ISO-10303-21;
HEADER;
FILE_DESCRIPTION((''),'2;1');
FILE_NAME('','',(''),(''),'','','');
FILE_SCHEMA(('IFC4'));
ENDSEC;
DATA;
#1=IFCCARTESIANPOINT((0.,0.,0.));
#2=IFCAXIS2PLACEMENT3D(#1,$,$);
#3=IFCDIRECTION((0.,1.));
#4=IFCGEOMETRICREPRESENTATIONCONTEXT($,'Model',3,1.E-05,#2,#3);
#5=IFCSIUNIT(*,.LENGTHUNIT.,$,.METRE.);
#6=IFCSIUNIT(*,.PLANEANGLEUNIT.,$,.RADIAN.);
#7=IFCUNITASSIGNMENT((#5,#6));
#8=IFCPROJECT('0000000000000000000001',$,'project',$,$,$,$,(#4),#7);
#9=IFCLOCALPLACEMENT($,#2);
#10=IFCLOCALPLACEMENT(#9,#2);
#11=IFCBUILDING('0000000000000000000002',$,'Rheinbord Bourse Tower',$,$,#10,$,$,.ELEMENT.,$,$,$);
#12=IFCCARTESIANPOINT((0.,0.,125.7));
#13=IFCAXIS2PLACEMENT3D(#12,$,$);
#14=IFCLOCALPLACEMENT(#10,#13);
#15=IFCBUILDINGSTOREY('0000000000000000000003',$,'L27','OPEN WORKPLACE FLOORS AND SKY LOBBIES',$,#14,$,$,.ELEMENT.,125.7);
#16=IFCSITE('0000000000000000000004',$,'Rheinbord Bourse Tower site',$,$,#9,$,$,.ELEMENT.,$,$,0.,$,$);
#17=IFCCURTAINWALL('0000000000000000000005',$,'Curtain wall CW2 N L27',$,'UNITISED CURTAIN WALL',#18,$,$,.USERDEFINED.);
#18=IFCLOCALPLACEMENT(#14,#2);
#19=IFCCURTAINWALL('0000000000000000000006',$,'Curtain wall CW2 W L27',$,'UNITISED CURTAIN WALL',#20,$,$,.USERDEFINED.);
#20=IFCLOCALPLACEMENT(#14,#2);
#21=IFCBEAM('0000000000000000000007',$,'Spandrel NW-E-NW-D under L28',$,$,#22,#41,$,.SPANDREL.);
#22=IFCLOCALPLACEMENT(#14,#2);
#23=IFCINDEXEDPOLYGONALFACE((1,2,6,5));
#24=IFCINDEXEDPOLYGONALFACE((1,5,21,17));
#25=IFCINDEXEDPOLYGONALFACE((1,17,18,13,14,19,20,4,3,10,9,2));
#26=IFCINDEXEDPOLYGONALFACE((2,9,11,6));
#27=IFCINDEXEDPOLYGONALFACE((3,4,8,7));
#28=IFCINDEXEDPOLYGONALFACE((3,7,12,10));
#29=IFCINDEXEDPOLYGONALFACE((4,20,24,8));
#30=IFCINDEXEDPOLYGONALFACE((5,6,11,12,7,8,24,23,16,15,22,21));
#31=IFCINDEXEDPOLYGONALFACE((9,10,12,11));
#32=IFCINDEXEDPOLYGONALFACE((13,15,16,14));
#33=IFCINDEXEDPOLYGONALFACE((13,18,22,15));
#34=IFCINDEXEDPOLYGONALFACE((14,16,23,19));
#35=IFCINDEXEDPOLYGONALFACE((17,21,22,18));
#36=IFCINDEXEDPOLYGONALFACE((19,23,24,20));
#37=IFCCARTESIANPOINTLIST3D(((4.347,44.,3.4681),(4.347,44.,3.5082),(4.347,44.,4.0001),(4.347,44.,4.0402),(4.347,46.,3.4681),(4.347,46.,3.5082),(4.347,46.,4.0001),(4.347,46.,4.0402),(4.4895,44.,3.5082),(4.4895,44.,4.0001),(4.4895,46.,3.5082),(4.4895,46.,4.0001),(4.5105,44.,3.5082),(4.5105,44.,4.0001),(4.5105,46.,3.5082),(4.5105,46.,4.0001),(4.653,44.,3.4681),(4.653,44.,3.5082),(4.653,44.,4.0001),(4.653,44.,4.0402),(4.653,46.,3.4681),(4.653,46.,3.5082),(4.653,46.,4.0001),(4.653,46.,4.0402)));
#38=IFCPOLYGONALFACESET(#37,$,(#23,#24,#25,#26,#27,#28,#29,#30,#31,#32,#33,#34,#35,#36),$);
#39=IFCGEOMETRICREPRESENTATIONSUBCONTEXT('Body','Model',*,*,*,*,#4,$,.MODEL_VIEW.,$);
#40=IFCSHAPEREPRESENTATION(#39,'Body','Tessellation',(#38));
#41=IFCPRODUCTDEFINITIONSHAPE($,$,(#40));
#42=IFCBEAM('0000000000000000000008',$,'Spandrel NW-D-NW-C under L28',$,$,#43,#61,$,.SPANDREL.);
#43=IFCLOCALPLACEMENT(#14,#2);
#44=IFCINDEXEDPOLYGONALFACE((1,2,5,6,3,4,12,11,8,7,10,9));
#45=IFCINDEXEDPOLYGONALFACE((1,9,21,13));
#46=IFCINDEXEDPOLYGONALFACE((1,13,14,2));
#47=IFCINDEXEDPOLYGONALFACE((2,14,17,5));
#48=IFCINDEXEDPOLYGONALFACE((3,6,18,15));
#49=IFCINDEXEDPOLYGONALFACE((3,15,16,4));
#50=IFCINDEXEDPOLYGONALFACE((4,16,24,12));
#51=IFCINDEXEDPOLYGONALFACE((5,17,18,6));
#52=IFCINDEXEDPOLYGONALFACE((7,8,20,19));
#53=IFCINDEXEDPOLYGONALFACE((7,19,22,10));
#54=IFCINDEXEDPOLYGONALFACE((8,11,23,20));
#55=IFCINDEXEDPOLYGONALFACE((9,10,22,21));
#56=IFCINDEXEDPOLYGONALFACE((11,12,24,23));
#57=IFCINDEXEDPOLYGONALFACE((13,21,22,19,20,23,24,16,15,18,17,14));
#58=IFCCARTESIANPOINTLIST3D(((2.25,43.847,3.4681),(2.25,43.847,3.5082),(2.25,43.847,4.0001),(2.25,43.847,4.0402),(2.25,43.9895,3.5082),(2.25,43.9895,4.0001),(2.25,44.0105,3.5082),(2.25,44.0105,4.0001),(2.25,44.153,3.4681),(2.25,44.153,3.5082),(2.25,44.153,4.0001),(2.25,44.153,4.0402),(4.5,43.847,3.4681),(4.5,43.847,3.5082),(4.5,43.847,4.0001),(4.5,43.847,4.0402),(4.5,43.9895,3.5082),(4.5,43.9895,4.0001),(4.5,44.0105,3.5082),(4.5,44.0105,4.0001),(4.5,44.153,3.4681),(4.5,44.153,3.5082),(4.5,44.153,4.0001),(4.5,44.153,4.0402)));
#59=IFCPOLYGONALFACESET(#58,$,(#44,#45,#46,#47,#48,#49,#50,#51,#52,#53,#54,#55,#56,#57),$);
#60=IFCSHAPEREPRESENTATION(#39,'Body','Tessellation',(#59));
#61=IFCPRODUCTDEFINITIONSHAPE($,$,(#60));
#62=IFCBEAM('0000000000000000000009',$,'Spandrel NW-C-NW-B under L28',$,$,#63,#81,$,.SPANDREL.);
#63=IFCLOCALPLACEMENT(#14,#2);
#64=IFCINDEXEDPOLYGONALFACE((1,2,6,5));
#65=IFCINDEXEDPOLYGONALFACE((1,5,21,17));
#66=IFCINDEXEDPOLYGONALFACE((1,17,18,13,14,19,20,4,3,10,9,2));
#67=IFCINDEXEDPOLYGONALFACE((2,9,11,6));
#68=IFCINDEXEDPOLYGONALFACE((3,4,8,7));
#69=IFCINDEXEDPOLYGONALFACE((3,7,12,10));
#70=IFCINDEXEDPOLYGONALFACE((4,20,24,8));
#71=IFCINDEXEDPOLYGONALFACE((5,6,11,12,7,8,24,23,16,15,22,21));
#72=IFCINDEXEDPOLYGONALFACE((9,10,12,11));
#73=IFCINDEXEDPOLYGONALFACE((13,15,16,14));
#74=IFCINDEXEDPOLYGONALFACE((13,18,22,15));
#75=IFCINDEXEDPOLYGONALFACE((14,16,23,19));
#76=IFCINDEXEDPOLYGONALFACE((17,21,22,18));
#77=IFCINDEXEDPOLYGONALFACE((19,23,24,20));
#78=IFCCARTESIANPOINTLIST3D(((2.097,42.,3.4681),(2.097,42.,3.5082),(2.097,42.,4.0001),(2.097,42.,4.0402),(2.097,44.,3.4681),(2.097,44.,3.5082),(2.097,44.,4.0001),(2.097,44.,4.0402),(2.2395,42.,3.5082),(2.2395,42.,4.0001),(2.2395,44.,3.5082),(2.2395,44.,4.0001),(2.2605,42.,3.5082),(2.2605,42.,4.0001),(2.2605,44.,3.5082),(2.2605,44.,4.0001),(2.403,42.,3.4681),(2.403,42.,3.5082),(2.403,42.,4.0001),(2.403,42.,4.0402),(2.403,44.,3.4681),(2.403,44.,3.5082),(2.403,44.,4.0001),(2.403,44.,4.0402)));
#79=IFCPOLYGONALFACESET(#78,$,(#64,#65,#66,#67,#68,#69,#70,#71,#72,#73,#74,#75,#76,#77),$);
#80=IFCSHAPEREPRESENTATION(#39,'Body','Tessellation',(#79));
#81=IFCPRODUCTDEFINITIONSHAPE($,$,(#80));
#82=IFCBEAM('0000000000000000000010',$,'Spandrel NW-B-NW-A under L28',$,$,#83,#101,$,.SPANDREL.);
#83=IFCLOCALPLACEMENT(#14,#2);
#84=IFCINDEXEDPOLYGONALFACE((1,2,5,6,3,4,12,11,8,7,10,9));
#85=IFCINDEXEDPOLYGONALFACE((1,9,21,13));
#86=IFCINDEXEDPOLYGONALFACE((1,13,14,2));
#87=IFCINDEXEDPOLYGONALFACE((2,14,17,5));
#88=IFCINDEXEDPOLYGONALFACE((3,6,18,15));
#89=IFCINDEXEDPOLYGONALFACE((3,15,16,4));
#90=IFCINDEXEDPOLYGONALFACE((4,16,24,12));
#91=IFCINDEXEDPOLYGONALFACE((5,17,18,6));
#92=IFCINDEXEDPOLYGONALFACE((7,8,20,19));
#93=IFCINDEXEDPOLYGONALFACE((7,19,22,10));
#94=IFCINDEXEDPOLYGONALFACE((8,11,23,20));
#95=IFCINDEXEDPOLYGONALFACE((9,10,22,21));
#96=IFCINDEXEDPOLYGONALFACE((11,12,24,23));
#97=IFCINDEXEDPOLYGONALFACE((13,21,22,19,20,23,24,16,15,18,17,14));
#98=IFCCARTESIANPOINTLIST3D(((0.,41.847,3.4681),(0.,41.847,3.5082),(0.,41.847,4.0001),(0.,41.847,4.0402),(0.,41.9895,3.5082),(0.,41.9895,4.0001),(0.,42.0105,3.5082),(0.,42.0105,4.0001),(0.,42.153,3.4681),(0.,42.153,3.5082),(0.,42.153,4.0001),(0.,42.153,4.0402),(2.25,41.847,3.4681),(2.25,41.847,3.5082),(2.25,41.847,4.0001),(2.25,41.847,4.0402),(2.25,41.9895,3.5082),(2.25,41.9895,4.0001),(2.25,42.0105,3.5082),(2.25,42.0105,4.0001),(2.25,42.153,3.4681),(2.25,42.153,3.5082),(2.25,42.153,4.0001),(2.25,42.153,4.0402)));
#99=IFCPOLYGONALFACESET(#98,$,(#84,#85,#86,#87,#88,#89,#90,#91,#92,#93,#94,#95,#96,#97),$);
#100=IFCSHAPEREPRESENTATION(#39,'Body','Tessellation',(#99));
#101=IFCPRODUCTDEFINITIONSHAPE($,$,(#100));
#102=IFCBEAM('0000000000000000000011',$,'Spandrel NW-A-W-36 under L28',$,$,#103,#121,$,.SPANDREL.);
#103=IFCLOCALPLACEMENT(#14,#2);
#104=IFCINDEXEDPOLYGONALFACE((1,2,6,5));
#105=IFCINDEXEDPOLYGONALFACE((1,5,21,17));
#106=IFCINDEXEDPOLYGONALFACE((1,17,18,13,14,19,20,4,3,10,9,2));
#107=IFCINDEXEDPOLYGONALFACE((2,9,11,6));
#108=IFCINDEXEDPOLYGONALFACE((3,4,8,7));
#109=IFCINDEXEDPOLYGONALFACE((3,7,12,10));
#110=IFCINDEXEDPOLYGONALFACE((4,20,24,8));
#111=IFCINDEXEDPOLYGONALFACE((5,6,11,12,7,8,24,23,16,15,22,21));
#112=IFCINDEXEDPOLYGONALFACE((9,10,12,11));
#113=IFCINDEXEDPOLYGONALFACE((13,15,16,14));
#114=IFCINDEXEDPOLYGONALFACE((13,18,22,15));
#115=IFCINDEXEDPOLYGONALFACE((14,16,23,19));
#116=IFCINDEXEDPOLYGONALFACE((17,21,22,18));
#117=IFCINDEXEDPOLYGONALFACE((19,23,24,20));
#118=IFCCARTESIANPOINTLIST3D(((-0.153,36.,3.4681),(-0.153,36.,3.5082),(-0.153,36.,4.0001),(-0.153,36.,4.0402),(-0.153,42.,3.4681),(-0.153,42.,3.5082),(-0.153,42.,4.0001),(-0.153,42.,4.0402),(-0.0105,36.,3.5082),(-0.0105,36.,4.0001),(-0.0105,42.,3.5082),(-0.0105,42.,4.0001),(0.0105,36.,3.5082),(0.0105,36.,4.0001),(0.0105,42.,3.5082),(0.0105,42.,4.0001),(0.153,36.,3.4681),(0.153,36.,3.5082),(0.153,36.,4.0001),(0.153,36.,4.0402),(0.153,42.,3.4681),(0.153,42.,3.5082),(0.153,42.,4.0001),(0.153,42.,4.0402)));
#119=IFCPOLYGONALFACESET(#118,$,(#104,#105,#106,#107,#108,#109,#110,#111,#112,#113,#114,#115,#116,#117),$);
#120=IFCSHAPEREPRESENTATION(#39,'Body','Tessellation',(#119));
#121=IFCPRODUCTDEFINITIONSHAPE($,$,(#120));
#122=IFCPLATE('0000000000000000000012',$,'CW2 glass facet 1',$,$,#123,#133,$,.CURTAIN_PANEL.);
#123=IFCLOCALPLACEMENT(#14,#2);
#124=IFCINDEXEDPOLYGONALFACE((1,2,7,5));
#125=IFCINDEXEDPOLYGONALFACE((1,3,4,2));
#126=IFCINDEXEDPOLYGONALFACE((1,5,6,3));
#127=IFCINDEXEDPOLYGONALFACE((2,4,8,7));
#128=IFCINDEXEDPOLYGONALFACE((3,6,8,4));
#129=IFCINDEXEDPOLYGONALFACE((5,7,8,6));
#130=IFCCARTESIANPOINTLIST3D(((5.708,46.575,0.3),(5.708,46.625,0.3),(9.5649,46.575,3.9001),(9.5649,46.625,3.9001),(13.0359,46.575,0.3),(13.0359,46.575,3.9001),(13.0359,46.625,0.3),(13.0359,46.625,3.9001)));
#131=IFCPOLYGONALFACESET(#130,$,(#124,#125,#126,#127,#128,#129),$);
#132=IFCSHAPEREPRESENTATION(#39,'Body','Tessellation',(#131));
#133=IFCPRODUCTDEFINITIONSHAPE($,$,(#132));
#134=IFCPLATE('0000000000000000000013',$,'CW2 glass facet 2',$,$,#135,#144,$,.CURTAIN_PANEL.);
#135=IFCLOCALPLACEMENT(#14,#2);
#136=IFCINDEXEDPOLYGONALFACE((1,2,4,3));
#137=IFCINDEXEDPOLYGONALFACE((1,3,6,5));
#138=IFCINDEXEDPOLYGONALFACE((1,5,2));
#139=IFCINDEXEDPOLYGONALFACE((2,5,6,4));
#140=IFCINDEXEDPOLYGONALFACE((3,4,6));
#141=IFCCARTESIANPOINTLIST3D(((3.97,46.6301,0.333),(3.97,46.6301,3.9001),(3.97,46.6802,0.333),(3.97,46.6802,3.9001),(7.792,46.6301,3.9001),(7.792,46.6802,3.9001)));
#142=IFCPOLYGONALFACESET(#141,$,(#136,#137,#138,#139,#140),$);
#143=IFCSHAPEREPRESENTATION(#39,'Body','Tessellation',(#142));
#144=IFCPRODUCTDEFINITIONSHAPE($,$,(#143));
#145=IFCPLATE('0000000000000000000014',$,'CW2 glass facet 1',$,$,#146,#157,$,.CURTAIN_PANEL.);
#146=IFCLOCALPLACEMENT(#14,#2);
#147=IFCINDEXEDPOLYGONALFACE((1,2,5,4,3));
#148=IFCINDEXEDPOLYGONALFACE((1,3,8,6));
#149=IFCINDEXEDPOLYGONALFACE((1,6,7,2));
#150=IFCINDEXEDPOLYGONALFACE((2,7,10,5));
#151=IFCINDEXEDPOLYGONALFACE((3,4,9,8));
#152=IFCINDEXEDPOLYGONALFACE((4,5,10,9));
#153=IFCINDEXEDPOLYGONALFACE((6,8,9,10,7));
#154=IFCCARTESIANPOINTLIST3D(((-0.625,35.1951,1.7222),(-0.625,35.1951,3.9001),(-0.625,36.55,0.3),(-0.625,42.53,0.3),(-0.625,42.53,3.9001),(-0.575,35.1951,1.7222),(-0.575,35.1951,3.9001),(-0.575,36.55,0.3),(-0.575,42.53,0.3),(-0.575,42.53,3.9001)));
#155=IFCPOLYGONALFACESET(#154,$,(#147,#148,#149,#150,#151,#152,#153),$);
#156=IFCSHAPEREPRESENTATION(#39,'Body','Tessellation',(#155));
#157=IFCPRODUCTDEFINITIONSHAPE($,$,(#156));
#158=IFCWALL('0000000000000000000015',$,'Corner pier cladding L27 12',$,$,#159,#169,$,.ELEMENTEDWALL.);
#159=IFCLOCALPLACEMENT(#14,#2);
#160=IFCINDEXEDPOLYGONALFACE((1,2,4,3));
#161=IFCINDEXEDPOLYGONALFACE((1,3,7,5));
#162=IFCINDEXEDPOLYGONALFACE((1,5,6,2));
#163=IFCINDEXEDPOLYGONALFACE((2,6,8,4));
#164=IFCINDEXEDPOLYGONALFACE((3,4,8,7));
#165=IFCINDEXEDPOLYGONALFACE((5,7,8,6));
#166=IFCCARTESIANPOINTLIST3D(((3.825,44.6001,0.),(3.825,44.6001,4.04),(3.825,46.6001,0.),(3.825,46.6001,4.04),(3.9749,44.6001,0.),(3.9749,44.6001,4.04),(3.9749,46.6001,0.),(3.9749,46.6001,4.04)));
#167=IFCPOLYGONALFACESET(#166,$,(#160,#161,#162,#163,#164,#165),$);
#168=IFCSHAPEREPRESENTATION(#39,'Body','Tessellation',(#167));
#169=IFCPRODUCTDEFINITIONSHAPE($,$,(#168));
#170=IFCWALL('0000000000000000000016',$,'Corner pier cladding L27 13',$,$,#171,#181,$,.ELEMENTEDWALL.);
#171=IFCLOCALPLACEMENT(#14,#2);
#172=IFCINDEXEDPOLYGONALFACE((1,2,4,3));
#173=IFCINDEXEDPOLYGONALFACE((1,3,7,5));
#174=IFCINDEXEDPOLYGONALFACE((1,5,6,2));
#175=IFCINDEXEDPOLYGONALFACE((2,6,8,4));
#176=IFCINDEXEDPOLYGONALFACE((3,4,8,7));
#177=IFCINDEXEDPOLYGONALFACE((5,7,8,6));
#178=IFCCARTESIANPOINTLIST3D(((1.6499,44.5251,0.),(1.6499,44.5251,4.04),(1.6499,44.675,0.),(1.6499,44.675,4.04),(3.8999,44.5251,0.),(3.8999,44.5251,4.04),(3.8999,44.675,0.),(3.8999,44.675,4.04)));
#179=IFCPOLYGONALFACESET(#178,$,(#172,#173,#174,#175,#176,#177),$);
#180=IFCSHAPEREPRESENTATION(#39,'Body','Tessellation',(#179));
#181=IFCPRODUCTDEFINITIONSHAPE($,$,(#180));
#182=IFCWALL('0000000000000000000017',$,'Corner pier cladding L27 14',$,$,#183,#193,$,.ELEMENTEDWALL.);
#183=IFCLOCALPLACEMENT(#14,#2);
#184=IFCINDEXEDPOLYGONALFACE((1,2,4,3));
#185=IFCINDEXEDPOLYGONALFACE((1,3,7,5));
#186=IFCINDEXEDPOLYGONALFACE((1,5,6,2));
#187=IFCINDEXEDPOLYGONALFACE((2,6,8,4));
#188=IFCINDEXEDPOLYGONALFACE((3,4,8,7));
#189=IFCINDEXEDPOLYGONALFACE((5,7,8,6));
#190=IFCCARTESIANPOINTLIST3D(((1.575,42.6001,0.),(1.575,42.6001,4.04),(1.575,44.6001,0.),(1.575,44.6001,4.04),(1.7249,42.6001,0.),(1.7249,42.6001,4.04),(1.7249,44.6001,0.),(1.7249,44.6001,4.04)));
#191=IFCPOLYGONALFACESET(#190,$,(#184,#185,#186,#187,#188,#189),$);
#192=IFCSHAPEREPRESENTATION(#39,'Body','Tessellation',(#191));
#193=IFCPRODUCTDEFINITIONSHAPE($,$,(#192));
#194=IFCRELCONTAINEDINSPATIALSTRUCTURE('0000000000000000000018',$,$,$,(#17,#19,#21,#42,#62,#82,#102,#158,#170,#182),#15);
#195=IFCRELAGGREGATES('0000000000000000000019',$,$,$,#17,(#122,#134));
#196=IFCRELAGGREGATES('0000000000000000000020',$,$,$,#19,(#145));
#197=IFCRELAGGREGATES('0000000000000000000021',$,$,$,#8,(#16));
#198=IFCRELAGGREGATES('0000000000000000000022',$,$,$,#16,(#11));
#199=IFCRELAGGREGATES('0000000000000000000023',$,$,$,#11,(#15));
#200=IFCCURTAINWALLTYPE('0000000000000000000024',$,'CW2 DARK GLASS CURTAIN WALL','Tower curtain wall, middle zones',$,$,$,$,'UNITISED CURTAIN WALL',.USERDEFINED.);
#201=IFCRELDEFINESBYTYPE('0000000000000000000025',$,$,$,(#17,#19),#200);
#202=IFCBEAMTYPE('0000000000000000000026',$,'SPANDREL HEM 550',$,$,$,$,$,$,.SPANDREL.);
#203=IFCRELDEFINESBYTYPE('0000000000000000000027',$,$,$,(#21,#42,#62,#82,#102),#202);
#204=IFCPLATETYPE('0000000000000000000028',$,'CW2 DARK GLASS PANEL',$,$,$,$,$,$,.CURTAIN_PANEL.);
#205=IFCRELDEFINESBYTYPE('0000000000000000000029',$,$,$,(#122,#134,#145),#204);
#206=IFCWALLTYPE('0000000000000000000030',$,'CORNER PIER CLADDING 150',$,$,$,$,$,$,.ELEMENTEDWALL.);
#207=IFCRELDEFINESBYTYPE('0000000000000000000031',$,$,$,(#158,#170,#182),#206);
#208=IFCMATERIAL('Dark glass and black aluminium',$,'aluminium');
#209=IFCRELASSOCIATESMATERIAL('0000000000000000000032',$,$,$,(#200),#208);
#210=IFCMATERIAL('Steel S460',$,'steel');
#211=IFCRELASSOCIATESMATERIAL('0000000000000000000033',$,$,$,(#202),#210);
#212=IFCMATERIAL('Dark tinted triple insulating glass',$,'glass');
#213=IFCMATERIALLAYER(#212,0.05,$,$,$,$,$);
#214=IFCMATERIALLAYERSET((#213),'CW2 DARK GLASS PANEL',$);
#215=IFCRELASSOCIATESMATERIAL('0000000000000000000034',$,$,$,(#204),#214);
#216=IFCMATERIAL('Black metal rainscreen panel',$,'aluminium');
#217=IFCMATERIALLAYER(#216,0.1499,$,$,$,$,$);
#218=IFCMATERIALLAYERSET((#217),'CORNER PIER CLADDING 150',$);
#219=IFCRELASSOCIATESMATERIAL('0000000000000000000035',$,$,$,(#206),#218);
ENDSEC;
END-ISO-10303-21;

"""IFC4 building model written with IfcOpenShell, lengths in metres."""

from ifc_helpers import new_model, si_unit, direction, frame, frame_2d, origin, origin_2d, place, context, subcontext, project, spatial, polyline, rectangle, i_section, outline, extrude, material, layer, layer_set, material_profile, profile_set, type_object, element, aggregate, save


model = new_model("IFC4")

# Units and contexts
model_context = context("Model", 3, precision=1e-05, world=origin(), true_north=direction((0.0, 1.0)))
body_context = subcontext(model_context, "Body", "Model", "MODEL_VIEW")
ifc_project = project(units=[si_unit("LENGTHUNIT", "METRE"), si_unit("PLANEANGLEUNIT", "RADIAN")], contexts=[model_context])

# Site, building, storey
site_placement = place(None, origin())
site = spatial("IfcSite", under=ifc_project, at=site_placement, Name="Rheinbord Bourse Tower site", CompositionType="ELEMENT", RefElevation=0.0)
building_placement = place(site_placement, origin())
building = spatial("IfcBuilding", under=site, at=building_placement, Name="Rheinbord Bourse Tower", CompositionType="ELEMENT")
storey_placement = place(building_placement, frame((0.0, 0.0, 125.7)))
storey = spatial("IfcBuildingStorey", under=building, at=storey_placement, Name="L27", Description="OPEN WORKPLACE FLOORS AND SKY LOBBIES", CompositionType="ELEMENT", Elevation=125.7)

# Curtain wall
ifc_material_1 = material(Name="Dark glass and black aluminium", Category="aluminium")
curtain_wall_type = type_object("IfcCurtainWallType", Name="CW2 DARK GLASS CURTAIN WALL", Description="Tower curtain wall, middle zones", ElementType="UNITISED CURTAIN WALL", PredefinedType="USERDEFINED", material=ifc_material_1)
curtain_wall_1_placement = place(storey_placement, origin())
curtain_wall_1 = element("IfcCurtainWall", 1, at=curtain_wall_1_placement, inside=storey, type_object=curtain_wall_type, Name="Curtain wall CW2 N L27", ObjectType="UNITISED CURTAIN WALL", PredefinedType="USERDEFINED")

# Curtain wall
curtain_wall_2_placement = place(storey_placement, origin())
curtain_wall_2 = element("IfcCurtainWall", 2, at=curtain_wall_2_placement, inside=storey, type_object=curtain_wall_type, Name="Curtain wall CW2 W L27", ObjectType="UNITISED CURTAIN WALL", PredefinedType="USERDEFINED")

# Beams
ifc_material_2 = material(Name="Steel S460", Category="steel")
ifc_material_profile_1 = material_profile(ifc_material_2, i_section(OverallWidth=0.3059, OverallDepth=0.572, WebThickness=0.021, FlangeThickness=0.04, at=origin_2d()), Name="HEM 550")
ifc_profile_set_1 = profile_set([ifc_material_profile_1], Name="Steel S460")
beam_type_1 = type_object("IfcBeamType", Name="SPANDREL HEM 550", PredefinedType="SPANDREL", material=ifc_profile_set_1)
beam_1_placement = place(storey_placement, frame((4.5, 46.0, 3.7542), z_axis=(0.0, -1.0, 0.0), x_axis=(1.0, 0.0, 0.0)))
element("IfcBeam", 3, at=beam_1_placement, inside=storey, type_object=beam_type_1, Name="Spandrel NW-E-NW-D under L28", PredefinedType="SPANDREL", context=body_context, shape_type="SweptSolid", body=[
    extrude(i_section(OverallWidth=0.3059, OverallDepth=0.572, WebThickness=0.021, FlangeThickness=0.04, at=origin_2d()), origin(), (0.0, 0.0, 1.0), 2.0),
])
beam_2_placement = place(storey_placement, frame((4.5, 44.0, 3.7542), z_axis=(-1.0, 0.0, 0.0), x_axis=(0.0, -1.0, 0.0)))
element("IfcBeam", 4, at=beam_2_placement, inside=storey, type_object=beam_type_1, Name="Spandrel NW-D-NW-C under L28", PredefinedType="SPANDREL", context=body_context, shape_type="SweptSolid", body=[
    extrude(i_section(OverallWidth=0.3059, OverallDepth=0.572, WebThickness=0.021, FlangeThickness=0.04, at=origin_2d()), origin(), (0.0, 0.0, 1.0), 2.25),
])
beam_3_placement = place(storey_placement, frame((2.25, 44.0, 3.7542), z_axis=(0.0, -1.0, 0.0), x_axis=(1.0, 0.0, 0.0)))
element("IfcBeam", 5, at=beam_3_placement, inside=storey, type_object=beam_type_1, Name="Spandrel NW-C-NW-B under L28", PredefinedType="SPANDREL", context=body_context, shape_type="SweptSolid", body=[
    extrude(i_section(OverallWidth=0.3059, OverallDepth=0.572, WebThickness=0.021, FlangeThickness=0.04, at=origin_2d()), origin(), (0.0, 0.0, 1.0), 2.0),
])
beam_4_placement = place(storey_placement, frame((2.25, 42.0, 3.7542), z_axis=(-1.0, 0.0, 0.0), x_axis=(0.0, -1.0, 0.0)))
element("IfcBeam", 6, at=beam_4_placement, inside=storey, type_object=beam_type_1, Name="Spandrel NW-B-NW-A under L28", PredefinedType="SPANDREL", context=body_context, shape_type="SweptSolid", body=[
    extrude(i_section(OverallWidth=0.3059, OverallDepth=0.572, WebThickness=0.021, FlangeThickness=0.04, at=origin_2d()), origin(), (0.0, 0.0, 1.0), 2.25),
])
beam_5_placement = place(storey_placement, frame((0.0, 42.0, 3.7542), z_axis=(0.0, -1.0, 0.0), x_axis=(1.0, 0.0, 0.0)))
element("IfcBeam", 7, at=beam_5_placement, inside=storey, type_object=beam_type_1, Name="Spandrel NW-A-W-36 under L28", PredefinedType="SPANDREL", context=body_context, shape_type="SweptSolid", body=[
    extrude(i_section(OverallWidth=0.3059, OverallDepth=0.572, WebThickness=0.021, FlangeThickness=0.04, at=origin_2d()), origin(), (0.0, 0.0, 1.0), 6.0),
])

# Plates
ifc_material_3 = material(Name="Dark tinted triple insulating glass", Category="glass")
ifc_layer_1 = layer(ifc_material_3, 0.05)
ifc_layer_set_1 = layer_set([ifc_layer_1], Name="CW2 DARK GLASS PANEL")
plate_type = type_object("IfcPlateType", Name="CW2 DARK GLASS PANEL", PredefinedType="CURTAIN_PANEL", material=ifc_layer_set_1)
plate_1_placement = place(storey_placement, frame((13.0359, 46.625, 0.3), z_axis=(0.0, -1.0, 0.0), x_axis=(0.0, 0.0, 1.0)))
plate_1 = element("IfcPlate", 8, at=plate_1_placement, type_object=plate_type, Name="CW2 glass facet 1", PredefinedType="CURTAIN_PANEL", context=body_context, shape_type="SweptSolid", body=[
    extrude(outline(polyline([(0.0, 0.0), (3.6001, 0.0), (3.6001, 3.4709), (0.0, 7.3279), (0.0, 0.0)])), origin(), (0.0, 0.0, 1.0), 0.05),
])
plate_2_placement = place(storey_placement, frame((3.97, 46.6802, 3.9001), z_axis=(0.0, -1.0, 0.0), x_axis=(0.0, 0.0, -1.0)))
plate_2 = element("IfcPlate", 9, at=plate_2_placement, type_object=plate_type, Name="CW2 glass facet 2", PredefinedType="CURTAIN_PANEL", context=body_context, shape_type="SweptSolid", body=[
    extrude(outline(polyline([(0.0, 0.0), (3.5671, 0.0), (0.0, 3.822), (0.0, 0.0)])), origin(), (0.0, 0.0, 1.0), 0.05),
])
aggregate(curtain_wall_1, [plate_1, plate_2])
plate_3_placement = place(storey_placement, frame((-0.625, 42.53, 0.3), z_axis=(1.0, 0.0, 0.0), x_axis=(0.0, 0.0, 1.0)))
plate_3 = element("IfcPlate", 10, at=plate_3_placement, type_object=plate_type, Name="CW2 glass facet 1", PredefinedType="CURTAIN_PANEL", context=body_context, shape_type="SweptSolid", body=[
    extrude(outline(polyline([(0.0, 0.0), (3.6001, 0.0), (3.6001, 7.335), (1.4221, 7.335), (0.0, 5.98), (0.0, 0.0)])), origin(), (0.0, 0.0, 1.0), 0.05),
])
aggregate(curtain_wall_2, [plate_3])

# Walls
ifc_material_4 = material(Name="Black metal rainscreen panel", Category="aluminium")
ifc_layer_2 = layer(ifc_material_4, 0.1499)
ifc_layer_set_2 = layer_set([ifc_layer_2], Name="CORNER PIER CLADDING 150")
wall_type = type_object("IfcWallType", Name="CORNER PIER CLADDING 150", PredefinedType="ELEMENTEDWALL", material=ifc_layer_set_2)
wall_1_placement = place(storey_placement, frame((3.8999, 46.6001, 0.0), z_axis=(0.0, 0.0, 1.0), x_axis=(0.0, -1.0, 0.0)))
element("IfcWall", 11, at=wall_1_placement, inside=storey, type_object=wall_type, Name="Corner pier cladding L27 12", PredefinedType="ELEMENTEDWALL", context=body_context, shape_type="SweptSolid", body=[
    extrude(rectangle(XDim=2.0, YDim=0.1499, at=frame_2d((1.0, 0.0))), origin(), (0.0, 0.0, 1.0), 4.04),
])
wall_2_placement = place(storey_placement, frame((3.8999, 44.6001, 0.0), z_axis=(0.0, 0.0, 1.0), x_axis=(-1.0, 0.0, 0.0)))
element("IfcWall", 12, at=wall_2_placement, inside=storey, type_object=wall_type, Name="Corner pier cladding L27 13", PredefinedType="ELEMENTEDWALL", context=body_context, shape_type="SweptSolid", body=[
    extrude(rectangle(XDim=2.25, YDim=0.1499, at=frame_2d((1.125, 0.0))), origin(), (0.0, 0.0, 1.0), 4.04),
])
wall_3_placement = place(storey_placement, frame((1.6499, 44.6001, 0.0), z_axis=(0.0, 0.0, 1.0), x_axis=(0.0, -1.0, 0.0)))
element("IfcWall", 13, at=wall_3_placement, inside=storey, type_object=wall_type, Name="Corner pier cladding L27 14", PredefinedType="ELEMENTEDWALL", context=body_context, shape_type="SweptSolid", body=[
    extrude(rectangle(XDim=2.0, YDim=0.1499, at=frame_2d((1.0, 0.0))), origin(), (0.0, 0.0, 1.0), 4.04),
])

save(model, "model.ifc")
